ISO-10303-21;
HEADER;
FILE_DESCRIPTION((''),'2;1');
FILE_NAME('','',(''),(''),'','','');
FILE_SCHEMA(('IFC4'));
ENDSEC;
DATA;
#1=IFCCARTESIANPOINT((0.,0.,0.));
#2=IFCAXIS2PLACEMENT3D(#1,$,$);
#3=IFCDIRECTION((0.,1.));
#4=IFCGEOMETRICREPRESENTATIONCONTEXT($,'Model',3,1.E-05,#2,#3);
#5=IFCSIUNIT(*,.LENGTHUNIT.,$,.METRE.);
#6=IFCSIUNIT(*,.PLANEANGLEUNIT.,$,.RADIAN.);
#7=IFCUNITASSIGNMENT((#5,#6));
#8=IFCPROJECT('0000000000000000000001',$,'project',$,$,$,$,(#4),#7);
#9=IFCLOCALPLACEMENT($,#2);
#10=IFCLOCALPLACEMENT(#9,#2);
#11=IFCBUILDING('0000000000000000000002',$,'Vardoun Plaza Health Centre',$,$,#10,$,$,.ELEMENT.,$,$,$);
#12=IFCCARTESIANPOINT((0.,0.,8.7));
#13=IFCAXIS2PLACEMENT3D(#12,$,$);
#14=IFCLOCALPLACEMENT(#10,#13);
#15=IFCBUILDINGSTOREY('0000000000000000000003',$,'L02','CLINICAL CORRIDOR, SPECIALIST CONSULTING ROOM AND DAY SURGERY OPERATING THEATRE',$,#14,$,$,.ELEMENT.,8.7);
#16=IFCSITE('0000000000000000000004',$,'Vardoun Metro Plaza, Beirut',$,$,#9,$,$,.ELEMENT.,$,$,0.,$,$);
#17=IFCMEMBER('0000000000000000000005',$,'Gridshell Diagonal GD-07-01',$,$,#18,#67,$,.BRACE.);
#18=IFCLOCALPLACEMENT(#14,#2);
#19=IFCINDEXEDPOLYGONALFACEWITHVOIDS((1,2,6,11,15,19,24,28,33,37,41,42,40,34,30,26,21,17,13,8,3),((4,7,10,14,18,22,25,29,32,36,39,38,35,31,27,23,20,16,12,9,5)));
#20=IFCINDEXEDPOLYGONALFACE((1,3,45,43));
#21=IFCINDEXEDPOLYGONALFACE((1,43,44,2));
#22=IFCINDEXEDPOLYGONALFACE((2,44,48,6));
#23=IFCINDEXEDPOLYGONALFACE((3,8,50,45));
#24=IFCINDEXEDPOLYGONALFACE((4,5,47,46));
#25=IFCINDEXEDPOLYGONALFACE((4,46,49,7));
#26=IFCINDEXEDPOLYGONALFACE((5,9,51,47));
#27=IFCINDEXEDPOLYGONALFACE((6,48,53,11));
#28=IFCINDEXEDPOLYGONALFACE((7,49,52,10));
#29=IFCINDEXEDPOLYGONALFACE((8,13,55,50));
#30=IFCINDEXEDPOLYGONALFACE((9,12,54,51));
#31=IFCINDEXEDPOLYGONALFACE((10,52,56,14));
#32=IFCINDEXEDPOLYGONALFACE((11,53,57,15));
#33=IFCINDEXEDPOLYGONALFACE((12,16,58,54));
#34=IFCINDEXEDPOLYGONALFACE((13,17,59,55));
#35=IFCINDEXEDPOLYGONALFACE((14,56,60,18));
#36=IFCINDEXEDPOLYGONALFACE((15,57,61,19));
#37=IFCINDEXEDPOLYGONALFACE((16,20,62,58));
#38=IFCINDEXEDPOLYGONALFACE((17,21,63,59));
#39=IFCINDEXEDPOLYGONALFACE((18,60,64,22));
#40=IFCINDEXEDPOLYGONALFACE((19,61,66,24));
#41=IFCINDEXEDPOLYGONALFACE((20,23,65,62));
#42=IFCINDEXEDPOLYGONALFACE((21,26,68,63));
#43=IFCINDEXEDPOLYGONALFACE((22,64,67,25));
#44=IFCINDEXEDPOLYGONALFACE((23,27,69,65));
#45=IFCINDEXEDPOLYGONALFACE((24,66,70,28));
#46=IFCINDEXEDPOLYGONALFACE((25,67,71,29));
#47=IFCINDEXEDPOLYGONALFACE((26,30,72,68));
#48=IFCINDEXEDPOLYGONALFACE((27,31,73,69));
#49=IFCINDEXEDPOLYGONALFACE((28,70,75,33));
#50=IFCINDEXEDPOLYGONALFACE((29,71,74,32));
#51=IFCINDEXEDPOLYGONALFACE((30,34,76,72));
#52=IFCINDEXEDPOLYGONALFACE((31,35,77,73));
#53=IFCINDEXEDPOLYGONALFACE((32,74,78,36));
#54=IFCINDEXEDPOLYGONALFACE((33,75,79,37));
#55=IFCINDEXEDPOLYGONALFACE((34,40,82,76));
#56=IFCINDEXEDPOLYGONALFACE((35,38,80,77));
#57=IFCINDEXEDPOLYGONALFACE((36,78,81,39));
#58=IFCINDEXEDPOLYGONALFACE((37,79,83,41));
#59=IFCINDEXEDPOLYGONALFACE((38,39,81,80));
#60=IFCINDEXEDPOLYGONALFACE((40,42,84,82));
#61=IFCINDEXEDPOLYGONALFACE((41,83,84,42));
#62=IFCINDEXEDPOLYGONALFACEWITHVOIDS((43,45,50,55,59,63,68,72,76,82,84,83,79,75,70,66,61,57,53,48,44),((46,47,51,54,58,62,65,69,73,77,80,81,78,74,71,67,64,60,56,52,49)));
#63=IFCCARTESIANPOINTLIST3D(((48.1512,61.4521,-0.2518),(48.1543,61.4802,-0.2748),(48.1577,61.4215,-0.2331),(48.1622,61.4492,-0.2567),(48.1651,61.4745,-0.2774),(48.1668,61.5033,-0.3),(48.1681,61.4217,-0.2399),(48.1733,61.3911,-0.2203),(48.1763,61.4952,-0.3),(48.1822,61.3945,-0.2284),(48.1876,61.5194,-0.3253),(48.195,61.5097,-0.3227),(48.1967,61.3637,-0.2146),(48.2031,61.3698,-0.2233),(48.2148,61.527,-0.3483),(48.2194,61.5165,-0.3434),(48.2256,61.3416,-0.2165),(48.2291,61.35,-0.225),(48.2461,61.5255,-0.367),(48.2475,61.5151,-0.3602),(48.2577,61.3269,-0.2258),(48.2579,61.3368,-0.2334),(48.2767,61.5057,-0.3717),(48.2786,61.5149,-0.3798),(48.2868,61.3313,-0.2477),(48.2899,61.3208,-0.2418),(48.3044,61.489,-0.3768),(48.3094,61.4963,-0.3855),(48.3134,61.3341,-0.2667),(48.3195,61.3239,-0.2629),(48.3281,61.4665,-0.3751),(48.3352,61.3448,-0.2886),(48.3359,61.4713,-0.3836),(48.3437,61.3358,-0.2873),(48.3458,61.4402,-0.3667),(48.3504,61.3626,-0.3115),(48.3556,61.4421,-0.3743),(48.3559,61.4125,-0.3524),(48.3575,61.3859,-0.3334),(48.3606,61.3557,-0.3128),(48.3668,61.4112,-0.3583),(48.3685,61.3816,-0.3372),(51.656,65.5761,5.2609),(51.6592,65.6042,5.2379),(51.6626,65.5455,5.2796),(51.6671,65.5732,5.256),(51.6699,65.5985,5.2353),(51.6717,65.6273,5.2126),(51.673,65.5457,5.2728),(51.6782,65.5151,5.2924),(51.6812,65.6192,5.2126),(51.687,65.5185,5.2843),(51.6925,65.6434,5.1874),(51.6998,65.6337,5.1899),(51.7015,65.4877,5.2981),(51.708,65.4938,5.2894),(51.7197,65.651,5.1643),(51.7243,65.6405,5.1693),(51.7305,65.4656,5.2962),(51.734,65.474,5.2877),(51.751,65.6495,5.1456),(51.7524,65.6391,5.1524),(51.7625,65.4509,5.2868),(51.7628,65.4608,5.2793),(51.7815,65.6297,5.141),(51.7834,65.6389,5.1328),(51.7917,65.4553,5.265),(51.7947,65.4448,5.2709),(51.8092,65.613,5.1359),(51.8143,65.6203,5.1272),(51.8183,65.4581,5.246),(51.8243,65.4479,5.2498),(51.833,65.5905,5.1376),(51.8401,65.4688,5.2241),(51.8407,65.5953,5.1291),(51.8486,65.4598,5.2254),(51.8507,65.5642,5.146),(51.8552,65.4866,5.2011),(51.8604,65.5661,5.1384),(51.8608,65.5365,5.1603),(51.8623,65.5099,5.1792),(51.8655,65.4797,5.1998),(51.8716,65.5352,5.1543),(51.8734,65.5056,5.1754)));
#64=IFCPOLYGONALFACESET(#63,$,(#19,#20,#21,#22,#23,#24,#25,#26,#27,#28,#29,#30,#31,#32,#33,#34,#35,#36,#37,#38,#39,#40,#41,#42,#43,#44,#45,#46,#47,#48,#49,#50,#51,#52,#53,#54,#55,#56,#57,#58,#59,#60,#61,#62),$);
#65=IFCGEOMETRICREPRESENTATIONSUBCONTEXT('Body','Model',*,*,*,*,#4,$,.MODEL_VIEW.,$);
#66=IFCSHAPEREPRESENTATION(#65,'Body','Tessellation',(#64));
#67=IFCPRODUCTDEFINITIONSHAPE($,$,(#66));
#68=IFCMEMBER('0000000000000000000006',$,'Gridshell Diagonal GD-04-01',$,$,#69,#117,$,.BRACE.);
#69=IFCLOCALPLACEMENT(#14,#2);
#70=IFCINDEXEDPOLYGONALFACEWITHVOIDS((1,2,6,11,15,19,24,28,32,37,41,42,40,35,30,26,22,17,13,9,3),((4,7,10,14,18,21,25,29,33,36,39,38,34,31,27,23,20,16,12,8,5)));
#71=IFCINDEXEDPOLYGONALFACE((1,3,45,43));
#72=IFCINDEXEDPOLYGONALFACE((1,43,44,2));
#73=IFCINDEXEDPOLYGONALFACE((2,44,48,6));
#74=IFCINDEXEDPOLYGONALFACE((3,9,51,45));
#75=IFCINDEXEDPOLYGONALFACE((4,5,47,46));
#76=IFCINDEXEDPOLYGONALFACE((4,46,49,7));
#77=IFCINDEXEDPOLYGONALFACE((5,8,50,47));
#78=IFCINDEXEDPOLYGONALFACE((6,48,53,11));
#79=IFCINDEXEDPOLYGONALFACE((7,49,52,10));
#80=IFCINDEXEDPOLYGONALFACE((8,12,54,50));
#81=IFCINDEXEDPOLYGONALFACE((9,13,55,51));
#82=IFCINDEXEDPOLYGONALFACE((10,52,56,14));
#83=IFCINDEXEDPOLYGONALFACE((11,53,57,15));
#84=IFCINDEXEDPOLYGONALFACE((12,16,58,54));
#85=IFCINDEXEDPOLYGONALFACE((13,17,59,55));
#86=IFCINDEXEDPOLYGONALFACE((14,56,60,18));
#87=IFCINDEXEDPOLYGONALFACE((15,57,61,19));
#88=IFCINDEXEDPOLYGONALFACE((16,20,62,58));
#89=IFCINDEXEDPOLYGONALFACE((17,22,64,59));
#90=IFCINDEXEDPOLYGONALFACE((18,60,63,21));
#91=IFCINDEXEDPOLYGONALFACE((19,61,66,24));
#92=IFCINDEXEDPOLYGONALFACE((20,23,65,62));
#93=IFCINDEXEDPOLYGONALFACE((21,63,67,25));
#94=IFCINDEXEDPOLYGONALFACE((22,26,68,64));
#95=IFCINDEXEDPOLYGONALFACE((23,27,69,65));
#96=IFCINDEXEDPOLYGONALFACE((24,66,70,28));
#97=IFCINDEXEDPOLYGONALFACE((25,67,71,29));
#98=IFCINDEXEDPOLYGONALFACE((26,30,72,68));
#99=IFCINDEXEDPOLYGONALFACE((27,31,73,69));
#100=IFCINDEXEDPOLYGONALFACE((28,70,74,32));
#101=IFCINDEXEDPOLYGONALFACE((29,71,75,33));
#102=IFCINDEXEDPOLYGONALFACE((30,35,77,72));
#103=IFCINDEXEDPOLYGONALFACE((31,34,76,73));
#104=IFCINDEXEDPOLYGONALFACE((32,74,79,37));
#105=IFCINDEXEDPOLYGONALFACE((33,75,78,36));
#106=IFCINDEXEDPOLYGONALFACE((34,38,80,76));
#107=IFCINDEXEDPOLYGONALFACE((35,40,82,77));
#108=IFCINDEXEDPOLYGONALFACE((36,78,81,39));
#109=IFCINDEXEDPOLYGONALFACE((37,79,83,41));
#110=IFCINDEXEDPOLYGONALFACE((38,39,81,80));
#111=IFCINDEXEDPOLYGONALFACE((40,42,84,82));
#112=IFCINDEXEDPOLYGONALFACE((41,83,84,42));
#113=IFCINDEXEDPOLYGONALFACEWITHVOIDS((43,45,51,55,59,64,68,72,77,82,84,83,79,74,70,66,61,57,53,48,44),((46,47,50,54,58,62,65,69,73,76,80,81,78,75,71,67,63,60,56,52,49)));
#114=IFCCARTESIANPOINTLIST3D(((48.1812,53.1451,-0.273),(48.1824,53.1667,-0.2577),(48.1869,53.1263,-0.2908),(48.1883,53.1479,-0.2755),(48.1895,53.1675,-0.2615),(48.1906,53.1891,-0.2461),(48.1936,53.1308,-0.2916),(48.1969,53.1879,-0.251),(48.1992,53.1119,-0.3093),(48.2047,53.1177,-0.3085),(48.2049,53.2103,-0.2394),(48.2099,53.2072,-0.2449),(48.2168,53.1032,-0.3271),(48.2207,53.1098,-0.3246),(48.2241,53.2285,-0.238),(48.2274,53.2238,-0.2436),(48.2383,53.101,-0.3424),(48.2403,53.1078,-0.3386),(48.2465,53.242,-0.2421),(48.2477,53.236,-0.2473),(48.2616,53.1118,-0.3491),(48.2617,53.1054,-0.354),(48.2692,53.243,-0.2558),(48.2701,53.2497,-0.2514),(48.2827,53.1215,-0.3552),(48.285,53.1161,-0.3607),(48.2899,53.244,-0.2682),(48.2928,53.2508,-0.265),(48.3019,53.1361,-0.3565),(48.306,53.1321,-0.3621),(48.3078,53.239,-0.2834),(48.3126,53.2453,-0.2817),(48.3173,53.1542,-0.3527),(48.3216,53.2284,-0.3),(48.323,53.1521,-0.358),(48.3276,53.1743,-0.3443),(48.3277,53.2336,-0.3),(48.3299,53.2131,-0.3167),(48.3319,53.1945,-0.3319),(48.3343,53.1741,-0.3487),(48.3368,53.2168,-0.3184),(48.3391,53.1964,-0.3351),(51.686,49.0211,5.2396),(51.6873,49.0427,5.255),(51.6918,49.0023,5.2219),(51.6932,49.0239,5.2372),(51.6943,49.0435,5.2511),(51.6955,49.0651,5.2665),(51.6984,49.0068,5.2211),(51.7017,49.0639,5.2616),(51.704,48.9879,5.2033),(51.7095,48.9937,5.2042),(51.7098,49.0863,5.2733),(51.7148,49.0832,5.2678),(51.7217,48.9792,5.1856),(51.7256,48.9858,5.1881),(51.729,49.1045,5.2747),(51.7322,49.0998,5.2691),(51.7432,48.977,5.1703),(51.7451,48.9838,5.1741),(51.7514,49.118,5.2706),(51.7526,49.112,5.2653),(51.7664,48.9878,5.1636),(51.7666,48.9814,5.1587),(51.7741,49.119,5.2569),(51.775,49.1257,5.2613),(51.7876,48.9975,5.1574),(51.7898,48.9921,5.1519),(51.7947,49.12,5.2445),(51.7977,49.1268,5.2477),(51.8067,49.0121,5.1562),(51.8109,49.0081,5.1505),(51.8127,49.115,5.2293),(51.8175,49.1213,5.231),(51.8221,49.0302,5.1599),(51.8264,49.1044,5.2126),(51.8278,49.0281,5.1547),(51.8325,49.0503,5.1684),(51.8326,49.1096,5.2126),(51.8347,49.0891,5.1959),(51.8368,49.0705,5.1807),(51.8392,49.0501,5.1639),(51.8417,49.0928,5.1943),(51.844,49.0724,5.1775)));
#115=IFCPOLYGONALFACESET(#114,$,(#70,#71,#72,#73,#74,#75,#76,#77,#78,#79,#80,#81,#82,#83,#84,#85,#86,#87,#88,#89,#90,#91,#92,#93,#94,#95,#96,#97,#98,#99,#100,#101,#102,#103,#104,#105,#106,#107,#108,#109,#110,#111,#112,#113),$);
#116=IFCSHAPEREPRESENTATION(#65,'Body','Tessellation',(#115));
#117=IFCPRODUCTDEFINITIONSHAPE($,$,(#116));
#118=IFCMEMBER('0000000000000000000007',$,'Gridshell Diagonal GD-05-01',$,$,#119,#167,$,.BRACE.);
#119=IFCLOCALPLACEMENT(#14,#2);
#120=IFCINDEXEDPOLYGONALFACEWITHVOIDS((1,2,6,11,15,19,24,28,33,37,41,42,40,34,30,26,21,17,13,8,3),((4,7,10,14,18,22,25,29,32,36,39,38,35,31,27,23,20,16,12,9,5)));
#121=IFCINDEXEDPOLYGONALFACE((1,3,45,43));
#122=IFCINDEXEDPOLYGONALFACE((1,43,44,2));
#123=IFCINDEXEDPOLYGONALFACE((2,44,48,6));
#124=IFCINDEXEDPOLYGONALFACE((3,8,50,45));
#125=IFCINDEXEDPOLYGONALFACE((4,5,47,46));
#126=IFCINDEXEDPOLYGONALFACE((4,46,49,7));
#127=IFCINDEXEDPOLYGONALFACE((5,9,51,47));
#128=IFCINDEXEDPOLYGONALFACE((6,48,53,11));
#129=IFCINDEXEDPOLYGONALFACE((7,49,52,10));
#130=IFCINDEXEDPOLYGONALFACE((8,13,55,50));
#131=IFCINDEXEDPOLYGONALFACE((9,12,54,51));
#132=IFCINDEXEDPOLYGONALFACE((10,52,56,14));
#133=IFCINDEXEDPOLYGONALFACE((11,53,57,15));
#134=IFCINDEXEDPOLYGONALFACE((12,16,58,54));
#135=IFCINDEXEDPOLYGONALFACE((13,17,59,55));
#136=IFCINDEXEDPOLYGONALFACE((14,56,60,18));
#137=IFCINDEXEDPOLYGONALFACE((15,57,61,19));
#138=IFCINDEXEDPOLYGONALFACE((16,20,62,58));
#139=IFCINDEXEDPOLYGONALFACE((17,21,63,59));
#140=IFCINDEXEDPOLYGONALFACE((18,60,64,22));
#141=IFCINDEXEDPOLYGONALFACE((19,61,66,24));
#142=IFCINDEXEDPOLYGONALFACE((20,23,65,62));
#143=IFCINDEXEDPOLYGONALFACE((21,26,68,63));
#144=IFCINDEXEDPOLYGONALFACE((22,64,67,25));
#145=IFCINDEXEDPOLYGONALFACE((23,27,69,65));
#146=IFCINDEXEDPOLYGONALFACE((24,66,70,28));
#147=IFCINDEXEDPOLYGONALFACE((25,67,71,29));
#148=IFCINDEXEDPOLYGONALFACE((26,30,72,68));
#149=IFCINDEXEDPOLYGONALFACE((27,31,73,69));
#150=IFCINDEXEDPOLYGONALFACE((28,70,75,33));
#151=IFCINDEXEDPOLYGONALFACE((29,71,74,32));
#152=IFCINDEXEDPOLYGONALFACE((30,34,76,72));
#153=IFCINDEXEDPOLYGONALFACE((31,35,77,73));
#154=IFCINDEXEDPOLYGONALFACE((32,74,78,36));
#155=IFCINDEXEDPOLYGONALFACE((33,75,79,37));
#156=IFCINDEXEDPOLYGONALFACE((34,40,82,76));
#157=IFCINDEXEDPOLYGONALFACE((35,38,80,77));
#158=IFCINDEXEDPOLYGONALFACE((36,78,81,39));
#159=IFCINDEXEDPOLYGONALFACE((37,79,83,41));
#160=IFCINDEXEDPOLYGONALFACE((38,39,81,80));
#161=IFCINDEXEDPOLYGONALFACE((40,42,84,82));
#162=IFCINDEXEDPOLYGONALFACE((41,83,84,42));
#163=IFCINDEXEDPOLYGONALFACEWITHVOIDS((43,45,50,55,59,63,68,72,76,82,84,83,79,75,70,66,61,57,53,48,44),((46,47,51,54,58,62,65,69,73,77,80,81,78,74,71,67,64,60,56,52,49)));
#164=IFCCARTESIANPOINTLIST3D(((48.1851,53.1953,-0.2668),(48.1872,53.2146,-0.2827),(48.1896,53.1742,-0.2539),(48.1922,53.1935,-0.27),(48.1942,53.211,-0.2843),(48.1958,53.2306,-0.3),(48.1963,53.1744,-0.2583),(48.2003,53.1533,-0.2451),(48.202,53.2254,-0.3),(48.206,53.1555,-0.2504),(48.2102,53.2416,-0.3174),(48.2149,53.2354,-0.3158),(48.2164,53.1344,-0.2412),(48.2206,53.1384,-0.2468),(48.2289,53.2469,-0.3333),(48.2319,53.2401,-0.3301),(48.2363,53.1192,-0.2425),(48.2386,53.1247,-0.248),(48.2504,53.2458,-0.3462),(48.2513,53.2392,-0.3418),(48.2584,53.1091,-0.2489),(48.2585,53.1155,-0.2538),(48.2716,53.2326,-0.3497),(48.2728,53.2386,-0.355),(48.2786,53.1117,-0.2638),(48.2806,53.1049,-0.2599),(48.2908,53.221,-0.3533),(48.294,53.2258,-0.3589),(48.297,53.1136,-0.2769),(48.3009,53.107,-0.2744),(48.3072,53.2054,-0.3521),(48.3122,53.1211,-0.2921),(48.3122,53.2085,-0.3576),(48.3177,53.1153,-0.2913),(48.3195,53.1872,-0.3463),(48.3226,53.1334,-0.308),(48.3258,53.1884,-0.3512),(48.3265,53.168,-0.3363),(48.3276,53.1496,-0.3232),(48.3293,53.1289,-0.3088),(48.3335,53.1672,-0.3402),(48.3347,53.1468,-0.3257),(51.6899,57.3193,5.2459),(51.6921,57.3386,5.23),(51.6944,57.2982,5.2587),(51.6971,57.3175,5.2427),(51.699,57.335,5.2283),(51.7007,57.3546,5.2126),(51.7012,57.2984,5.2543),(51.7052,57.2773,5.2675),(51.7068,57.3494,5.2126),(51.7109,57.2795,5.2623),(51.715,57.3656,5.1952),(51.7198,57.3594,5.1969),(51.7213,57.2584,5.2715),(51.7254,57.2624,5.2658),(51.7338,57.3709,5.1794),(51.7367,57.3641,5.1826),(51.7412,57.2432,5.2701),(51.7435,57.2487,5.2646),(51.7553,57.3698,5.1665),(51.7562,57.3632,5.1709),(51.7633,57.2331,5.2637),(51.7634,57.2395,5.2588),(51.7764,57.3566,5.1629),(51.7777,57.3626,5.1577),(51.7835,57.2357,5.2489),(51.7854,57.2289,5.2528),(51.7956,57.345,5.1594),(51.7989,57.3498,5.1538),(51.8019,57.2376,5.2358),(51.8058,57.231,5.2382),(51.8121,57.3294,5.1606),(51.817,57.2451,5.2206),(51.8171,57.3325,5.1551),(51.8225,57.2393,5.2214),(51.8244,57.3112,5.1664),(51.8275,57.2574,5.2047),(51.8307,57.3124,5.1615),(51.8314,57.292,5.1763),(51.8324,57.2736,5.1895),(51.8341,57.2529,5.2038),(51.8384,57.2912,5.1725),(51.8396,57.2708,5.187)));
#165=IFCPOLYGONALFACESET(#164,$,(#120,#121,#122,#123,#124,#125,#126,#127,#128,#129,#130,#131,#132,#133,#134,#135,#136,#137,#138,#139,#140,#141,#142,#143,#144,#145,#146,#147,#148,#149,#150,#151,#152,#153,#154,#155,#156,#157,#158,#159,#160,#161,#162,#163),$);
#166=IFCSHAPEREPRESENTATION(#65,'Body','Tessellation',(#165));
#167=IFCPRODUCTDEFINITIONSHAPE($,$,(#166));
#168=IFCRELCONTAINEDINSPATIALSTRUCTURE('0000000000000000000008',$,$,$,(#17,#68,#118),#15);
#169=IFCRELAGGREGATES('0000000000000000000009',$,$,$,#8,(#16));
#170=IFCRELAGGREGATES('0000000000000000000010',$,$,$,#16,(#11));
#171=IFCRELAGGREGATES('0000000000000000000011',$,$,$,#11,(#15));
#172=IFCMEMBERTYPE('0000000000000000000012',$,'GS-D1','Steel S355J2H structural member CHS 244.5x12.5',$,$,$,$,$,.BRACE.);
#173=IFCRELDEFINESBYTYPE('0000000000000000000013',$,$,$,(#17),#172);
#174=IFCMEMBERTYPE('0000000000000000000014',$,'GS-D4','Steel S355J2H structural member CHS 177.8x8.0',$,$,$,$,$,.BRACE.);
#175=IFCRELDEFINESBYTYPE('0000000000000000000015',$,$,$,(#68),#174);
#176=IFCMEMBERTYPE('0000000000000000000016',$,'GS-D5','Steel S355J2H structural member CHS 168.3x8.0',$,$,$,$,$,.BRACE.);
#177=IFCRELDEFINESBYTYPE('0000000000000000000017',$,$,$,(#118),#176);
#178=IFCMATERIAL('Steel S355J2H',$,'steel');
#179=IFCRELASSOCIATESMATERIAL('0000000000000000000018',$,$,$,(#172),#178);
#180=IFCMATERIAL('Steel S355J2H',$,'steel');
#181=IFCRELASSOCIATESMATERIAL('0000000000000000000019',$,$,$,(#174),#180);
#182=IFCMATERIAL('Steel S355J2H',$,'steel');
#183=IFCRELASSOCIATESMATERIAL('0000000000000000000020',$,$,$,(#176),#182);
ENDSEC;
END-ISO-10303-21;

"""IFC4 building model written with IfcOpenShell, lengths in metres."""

from ifc_helpers import new_model, si_unit, direction, frame, origin, origin_2d, place, context, subcontext, project, spatial, hollow_circle, extrude, material, material_profile, profile_set, type_object, element, save


model = new_model("IFC4")

# Units and contexts
model_context = context("Model", 3, precision=1e-05, world=origin(), true_north=direction((0.0, 1.0)))
body_context = subcontext(model_context, "Body", "Model", "MODEL_VIEW")
ifc_project = project(units=[si_unit("LENGTHUNIT", "METRE"), si_unit("PLANEANGLEUNIT", "RADIAN")], contexts=[model_context])

# Site, building, storey
site_placement = place(None, origin())
site = spatial("IfcSite", under=ifc_project, at=site_placement, Name="Vardoun Metro Plaza, Beirut", CompositionType="ELEMENT", RefElevation=0.0)
building_placement = place(site_placement, origin())
building = spatial("IfcBuilding", under=site, at=building_placement, Name="Vardoun Plaza Health Centre", CompositionType="ELEMENT")
storey_placement = place(building_placement, frame((0.0, 0.0, 8.7)))
storey = spatial("IfcBuildingStorey", under=building, at=storey_placement, Name="L02", Description="CLINICAL CORRIDOR, SPECIALIST CONSULTING ROOM AND DAY SURGERY OPERATING THEATRE", CompositionType="ELEMENT", Elevation=8.7)

# Members
ifc_material_1 = material(Name="Steel S355J2H", Category="steel")
ifc_material_profile_1 = material_profile(ifc_material_1, hollow_circle(Radius=0.1223, WallThickness=0.0125, at=origin_2d()), Name="CHS 244.5x12.5")
ifc_profile_set_1 = profile_set([ifc_material_profile_1], Name="Steel S355J2H")
member_type_1 = type_object("IfcMemberType", Name="GS-D1", Description="Steel S355J2H structural member CHS 244.5x12.5", PredefinedType="BRACE", material=ifc_profile_set_1)
member_1_placement = place(storey_placement, frame((48.26, 61.4241, -0.3), z_axis=(0.453684, 0.533828, 0.713582), x_axis=(-0.761988, 0.647591, 0.0)))
element("IfcMember", 1, at=member_1_placement, inside=storey, type_object=member_type_1, Name="Gridshell Diagonal GD-07-01", PredefinedType="BRACE", context=body_context, shape_type="SweptSolid", body=[
    extrude(hollow_circle(Radius=0.1223, WallThickness=0.0125, at=origin_2d()), origin(), (0.0, 0.0, 1.0), 7.7253),
])
ifc_material_2 = material(Name="Steel S355J2H", Category="steel")
ifc_material_profile_2 = material_profile(ifc_material_2, hollow_circle(Radius=0.0889, WallThickness=0.0081, at=origin_2d()), Name="CHS 177.8x8.0")
ifc_profile_set_2 = profile_set([ifc_material_profile_2], Name="Steel S355J2H")
member_type_2 = type_object("IfcMemberType", Name="GS-D4", Description="Steel S355J2H structural member CHS 177.8x8.0", PredefinedType="BRACE", material=ifc_profile_set_2)
member_2_placement = place(storey_placement, frame((48.26, 53.176, -0.3), z_axis=(0.453684, -0.533828, 0.713582), x_axis=(0.761988, 0.647591, 0.0)))
element("IfcMember", 2, at=member_2_placement, inside=storey, type_object=member_type_2, Name="Gridshell Diagonal GD-04-01", PredefinedType="BRACE", context=body_context, shape_type="SweptSolid", body=[
    extrude(hollow_circle(Radius=0.0889, WallThickness=0.0081, at=origin_2d()), origin(), (0.0, 0.0, 1.0), 7.7253),
])
ifc_material_3 = material(Name="Steel S355J2H", Category="steel")
ifc_material_profile_3 = material_profile(ifc_material_3, hollow_circle(Radius=0.0842, WallThickness=0.0081, at=origin_2d()), Name="CHS 168.3x8.0")
ifc_profile_set_3 = profile_set([ifc_material_profile_3], Name="Steel S355J2H")
member_type_3 = type_object("IfcMemberType", Name="GS-D5", Description="Steel S355J2H structural member CHS 168.3x8.0", PredefinedType="BRACE", material=ifc_profile_set_3)
member_3_placement = place(storey_placement, frame((48.26, 53.176, -0.3), z_axis=(0.453684, 0.533828, 0.713582), x_axis=(-0.761988, 0.647591, 0.0)))
element("IfcMember", 3, at=member_3_placement, inside=storey, type_object=member_type_3, Name="Gridshell Diagonal GD-05-01", PredefinedType="BRACE", context=body_context, shape_type="SweptSolid", body=[
    extrude(hollow_circle(Radius=0.0842, WallThickness=0.0081, at=origin_2d()), origin(), (0.0, 0.0, 1.0), 7.7253),
])

save(model, "model.ifc")
